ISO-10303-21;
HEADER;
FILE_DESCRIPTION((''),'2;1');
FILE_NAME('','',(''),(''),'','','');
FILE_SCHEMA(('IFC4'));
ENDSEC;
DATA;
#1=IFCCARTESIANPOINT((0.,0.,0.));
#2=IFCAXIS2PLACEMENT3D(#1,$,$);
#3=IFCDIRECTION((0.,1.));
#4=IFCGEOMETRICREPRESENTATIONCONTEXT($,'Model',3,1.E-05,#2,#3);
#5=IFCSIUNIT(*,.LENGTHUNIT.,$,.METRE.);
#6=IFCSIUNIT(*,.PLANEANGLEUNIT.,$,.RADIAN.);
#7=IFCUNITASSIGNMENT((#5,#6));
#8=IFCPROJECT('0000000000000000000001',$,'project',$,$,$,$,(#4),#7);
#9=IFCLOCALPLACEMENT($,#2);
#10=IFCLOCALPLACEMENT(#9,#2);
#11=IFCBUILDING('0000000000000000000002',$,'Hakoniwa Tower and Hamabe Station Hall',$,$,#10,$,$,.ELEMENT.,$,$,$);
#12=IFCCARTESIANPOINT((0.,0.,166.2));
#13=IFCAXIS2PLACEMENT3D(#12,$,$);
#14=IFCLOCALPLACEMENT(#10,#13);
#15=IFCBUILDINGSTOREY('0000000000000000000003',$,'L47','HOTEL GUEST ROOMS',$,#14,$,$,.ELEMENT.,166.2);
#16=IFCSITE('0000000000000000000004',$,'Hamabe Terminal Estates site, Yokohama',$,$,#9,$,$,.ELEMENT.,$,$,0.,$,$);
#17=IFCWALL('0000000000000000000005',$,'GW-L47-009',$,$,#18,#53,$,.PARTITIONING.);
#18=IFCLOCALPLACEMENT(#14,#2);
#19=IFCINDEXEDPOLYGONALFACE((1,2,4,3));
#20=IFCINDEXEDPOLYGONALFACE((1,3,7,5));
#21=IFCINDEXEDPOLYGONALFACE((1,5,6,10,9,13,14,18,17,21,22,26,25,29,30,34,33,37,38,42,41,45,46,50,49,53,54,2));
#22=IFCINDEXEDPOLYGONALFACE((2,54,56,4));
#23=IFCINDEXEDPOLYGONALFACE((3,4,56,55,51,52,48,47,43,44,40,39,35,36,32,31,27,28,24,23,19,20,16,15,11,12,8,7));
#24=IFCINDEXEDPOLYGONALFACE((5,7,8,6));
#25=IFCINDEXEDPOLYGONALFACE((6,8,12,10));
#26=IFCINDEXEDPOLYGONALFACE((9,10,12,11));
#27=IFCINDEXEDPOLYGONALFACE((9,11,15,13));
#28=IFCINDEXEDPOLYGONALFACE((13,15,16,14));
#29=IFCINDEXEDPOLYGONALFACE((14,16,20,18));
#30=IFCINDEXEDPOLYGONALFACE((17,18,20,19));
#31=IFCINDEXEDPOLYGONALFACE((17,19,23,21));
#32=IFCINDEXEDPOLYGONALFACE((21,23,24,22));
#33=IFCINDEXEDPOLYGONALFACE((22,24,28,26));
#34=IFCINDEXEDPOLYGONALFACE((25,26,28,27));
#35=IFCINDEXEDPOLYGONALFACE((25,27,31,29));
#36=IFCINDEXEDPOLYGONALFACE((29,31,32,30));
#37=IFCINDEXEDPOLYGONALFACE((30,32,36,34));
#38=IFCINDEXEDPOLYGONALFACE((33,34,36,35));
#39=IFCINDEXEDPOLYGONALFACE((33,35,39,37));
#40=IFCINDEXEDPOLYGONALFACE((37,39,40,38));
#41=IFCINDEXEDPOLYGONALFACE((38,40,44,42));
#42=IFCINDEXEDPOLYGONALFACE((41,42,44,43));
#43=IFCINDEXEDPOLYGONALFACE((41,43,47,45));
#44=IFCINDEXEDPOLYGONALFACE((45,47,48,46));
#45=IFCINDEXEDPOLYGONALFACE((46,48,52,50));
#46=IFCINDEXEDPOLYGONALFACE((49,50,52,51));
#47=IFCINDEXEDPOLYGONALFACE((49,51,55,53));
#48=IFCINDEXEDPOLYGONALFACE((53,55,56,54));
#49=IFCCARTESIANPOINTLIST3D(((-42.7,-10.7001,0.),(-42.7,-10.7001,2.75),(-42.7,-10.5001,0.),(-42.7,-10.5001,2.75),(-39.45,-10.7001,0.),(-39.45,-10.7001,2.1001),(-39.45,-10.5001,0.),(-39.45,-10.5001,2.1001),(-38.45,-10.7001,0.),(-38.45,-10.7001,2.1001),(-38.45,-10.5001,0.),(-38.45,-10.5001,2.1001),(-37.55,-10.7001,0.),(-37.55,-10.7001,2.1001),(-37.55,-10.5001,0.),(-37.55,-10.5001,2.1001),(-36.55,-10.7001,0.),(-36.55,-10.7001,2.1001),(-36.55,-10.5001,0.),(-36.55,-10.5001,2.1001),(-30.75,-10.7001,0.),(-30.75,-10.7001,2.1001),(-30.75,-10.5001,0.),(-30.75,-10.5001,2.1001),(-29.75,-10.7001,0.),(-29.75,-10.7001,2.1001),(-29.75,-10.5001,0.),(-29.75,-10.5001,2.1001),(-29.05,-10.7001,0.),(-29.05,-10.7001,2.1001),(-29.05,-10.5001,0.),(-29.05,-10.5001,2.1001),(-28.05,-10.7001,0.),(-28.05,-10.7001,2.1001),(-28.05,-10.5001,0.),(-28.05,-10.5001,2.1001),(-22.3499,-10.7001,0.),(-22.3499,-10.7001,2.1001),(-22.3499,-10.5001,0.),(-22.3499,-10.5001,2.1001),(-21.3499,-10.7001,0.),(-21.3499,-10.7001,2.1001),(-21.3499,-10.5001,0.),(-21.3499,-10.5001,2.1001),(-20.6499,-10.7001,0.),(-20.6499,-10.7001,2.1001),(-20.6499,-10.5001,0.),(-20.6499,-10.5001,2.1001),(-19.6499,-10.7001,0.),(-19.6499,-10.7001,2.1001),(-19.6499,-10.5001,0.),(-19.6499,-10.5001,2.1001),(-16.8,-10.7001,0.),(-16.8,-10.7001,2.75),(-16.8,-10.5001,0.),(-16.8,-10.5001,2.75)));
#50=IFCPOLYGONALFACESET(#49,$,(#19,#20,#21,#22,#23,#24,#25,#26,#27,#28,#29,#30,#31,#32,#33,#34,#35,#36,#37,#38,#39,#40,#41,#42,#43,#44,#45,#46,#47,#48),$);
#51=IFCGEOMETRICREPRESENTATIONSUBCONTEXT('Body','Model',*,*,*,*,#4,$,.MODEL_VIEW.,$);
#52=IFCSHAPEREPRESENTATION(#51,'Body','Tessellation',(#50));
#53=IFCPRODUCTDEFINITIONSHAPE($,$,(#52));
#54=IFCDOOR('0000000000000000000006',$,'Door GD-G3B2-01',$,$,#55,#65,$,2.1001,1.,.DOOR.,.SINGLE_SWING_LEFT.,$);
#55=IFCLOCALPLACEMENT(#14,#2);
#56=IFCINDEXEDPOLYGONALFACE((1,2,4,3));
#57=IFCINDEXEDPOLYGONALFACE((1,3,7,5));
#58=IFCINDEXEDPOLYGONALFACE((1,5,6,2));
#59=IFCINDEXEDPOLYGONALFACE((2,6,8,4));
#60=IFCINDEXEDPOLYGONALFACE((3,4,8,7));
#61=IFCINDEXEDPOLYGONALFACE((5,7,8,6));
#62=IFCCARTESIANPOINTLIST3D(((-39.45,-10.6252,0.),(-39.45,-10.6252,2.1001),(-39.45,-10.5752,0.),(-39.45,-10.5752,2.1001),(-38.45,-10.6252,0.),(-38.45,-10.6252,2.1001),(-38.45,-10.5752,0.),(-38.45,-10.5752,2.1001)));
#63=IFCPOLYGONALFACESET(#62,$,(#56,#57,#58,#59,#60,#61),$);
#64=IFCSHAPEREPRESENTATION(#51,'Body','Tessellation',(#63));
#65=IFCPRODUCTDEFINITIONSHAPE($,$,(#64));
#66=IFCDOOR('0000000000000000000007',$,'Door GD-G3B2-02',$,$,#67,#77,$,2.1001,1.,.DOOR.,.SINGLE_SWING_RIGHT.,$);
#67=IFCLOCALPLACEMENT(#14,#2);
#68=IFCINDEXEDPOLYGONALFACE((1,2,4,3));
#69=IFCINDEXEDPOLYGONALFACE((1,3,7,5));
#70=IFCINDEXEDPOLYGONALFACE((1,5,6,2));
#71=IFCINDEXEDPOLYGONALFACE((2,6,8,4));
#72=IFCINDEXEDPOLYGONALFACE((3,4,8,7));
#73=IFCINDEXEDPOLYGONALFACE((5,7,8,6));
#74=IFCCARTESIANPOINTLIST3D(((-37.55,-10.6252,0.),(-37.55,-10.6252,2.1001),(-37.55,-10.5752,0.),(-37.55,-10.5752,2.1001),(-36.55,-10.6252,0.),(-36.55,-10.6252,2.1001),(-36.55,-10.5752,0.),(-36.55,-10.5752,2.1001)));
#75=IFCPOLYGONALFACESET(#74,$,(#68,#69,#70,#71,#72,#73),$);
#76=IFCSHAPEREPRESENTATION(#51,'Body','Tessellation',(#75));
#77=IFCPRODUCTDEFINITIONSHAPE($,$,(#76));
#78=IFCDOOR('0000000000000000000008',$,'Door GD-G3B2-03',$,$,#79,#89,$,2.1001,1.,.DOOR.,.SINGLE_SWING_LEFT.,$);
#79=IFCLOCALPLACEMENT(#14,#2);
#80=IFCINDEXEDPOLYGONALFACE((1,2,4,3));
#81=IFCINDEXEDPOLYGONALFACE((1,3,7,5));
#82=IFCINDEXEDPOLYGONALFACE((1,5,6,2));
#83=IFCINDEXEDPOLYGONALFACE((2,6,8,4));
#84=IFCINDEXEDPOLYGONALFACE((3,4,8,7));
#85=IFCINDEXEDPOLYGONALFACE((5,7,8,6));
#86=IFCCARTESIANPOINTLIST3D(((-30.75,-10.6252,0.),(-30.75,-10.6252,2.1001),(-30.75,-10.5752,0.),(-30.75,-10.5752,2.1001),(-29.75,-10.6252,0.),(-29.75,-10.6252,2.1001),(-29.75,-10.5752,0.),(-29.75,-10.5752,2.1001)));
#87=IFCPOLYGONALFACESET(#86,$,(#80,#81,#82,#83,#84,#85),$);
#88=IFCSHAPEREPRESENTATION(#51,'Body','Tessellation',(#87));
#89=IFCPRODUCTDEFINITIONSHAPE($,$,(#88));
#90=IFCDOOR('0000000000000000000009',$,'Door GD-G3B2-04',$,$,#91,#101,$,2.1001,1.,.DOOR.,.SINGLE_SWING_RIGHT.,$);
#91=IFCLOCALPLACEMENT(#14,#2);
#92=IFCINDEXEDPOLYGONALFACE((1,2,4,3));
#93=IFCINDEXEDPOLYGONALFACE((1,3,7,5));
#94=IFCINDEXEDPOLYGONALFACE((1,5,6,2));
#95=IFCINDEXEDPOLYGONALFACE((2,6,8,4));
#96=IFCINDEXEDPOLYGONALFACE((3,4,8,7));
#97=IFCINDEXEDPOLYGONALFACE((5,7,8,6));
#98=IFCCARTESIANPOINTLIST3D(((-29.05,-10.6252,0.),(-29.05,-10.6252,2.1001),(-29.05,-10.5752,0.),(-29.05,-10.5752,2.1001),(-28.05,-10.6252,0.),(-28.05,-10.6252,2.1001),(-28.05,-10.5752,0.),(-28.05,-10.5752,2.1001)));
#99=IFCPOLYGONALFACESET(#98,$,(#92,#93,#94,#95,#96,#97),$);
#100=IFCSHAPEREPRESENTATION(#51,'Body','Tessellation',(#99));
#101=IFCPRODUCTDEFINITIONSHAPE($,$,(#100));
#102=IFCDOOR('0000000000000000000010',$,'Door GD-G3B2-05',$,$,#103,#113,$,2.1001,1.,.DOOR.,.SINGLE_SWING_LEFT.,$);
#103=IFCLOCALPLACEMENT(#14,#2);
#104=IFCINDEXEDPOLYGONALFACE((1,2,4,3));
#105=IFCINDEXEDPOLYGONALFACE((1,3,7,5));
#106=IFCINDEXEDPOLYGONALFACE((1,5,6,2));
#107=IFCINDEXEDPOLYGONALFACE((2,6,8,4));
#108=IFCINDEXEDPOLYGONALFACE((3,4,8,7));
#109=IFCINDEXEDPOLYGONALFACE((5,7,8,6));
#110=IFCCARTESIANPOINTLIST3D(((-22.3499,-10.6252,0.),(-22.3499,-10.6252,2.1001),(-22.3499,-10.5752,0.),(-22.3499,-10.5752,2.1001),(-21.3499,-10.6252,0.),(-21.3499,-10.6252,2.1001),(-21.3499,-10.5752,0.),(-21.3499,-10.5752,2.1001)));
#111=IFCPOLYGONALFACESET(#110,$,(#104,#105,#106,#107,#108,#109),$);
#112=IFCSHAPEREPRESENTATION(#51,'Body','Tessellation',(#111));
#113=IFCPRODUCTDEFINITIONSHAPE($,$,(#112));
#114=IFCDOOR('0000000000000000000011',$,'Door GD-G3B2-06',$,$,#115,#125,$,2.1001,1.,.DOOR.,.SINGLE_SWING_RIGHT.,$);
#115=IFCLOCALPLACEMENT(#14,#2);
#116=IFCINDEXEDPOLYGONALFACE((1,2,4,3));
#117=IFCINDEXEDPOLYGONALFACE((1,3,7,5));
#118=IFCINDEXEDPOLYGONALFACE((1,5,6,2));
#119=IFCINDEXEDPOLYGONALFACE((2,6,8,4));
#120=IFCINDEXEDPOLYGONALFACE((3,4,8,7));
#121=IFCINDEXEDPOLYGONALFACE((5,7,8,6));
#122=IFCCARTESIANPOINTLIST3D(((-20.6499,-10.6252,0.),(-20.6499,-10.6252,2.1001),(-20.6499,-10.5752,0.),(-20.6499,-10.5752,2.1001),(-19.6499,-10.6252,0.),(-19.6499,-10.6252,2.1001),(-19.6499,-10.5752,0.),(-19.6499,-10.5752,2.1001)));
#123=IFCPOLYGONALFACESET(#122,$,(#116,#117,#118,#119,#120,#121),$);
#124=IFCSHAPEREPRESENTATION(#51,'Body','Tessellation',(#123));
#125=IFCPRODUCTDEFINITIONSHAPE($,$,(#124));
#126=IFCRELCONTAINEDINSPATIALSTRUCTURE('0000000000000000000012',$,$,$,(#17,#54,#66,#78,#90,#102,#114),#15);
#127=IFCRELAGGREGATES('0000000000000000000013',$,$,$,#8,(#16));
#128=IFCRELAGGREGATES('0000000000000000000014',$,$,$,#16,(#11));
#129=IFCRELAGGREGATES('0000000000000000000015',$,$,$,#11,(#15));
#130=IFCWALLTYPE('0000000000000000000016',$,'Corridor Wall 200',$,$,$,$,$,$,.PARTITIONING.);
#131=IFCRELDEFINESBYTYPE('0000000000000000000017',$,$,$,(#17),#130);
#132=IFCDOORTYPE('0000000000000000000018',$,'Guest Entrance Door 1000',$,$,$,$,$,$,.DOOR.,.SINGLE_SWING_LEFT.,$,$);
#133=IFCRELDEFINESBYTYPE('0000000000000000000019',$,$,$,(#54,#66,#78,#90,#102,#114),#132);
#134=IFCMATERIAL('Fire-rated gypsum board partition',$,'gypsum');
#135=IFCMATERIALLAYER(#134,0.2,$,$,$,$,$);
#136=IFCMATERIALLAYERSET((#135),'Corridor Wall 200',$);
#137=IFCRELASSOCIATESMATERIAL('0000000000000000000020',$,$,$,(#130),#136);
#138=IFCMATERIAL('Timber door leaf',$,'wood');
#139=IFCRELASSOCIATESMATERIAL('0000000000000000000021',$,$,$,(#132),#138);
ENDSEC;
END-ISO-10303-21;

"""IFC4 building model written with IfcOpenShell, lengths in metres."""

from ifc_helpers import new_model, si_unit, direction, frame, frame_2d, origin, place, context, subcontext, project, spatial, rectangle, extrude, material, layer, layer_set, type_object, element, fill, save


model = new_model("IFC4")

# Units and contexts
model_context = context("Model", 3, precision=1e-05, world=origin(), true_north=direction((0.0, 1.0)))
body_context = subcontext(model_context, "Body", "Model", "MODEL_VIEW")
ifc_project = project(units=[si_unit("LENGTHUNIT", "METRE"), si_unit("PLANEANGLEUNIT", "RADIAN")], contexts=[model_context])

# Site, building, storey
site_placement = place(None, origin())
site = spatial("IfcSite", under=ifc_project, at=site_placement, Name="Hamabe Terminal Estates site, Yokohama", CompositionType="ELEMENT", RefElevation=0.0)
building_placement = place(site_placement, origin())
building = spatial("IfcBuilding", under=site, at=building_placement, Name="Hakoniwa Tower and Hamabe Station Hall", CompositionType="ELEMENT")
storey_placement = place(building_placement, frame((0.0, 0.0, 166.2)))
storey = spatial("IfcBuildingStorey", under=building, at=storey_placement, Name="L47", Description="HOTEL GUEST ROOMS", CompositionType="ELEMENT", Elevation=166.2)

# Wall, openings, doors
ifc_material_1 = material(Name="Fire-rated gypsum board partition", Category="gypsum")
ifc_layer_1 = layer(ifc_material_1, 0.2)
ifc_layer_set_1 = layer_set([ifc_layer_1], Name="Corridor Wall 200")
wall_type_1 = type_object("IfcWallType", Name="Corridor Wall 200", PredefinedType="PARTITIONING", material=ifc_layer_set_1)
wall_1_placement = place(storey_placement, frame((-42.7, -10.6001, 0.0), z_axis=(0.0, 0.0, 1.0), x_axis=(1.0, 0.0, 0.0)))
wall_1 = element("IfcWall", 1, at=wall_1_placement, inside=storey, type_object=wall_type_1, Name="GW-L47-009", PredefinedType="PARTITIONING", context=body_context, shape_type="SweptSolid", body=[
    extrude(rectangle(XDim=25.8999, YDim=0.2, at=frame_2d((12.95, 0.0))), origin(), (0.0, 0.0, 1.0), 2.75),
])
opening_1_placement = place(wall_1_placement, frame((3.25, 0.0, 0.0)))
opening_1 = element("IfcOpeningElement", 2, at=opening_1_placement, cuts=wall_1, PredefinedType="OPENING", context=body_context, shape_type="SweptSolid", body=[
    extrude(rectangle(XDim=1.0, YDim=2.1001, at=frame_2d((0.5, 1.05))), frame((0.0, 0.1099, 0.0), z_axis=(0.0, -1.0, 0.0), x_axis=(1.0, 0.0, 0.0)), (0.0, 0.0, 1.0), 0.22),
])
opening_2_placement = place(wall_1_placement, frame((5.1499, 0.0, 0.0)))
opening_2 = element("IfcOpeningElement", 3, at=opening_2_placement, cuts=wall_1, PredefinedType="OPENING", context=body_context, shape_type="SweptSolid", body=[
    extrude(rectangle(XDim=1.0, YDim=2.1001, at=frame_2d((0.5, 1.05))), frame((0.0, 0.1099, 0.0), z_axis=(0.0, -1.0, 0.0), x_axis=(1.0, 0.0, 0.0)), (0.0, 0.0, 1.0), 0.22),
])
opening_3_placement = place(wall_1_placement, frame((11.95, 0.0, 0.0)))
opening_3 = element("IfcOpeningElement", 4, at=opening_3_placement, cuts=wall_1, PredefinedType="OPENING", context=body_context, shape_type="SweptSolid", body=[
    extrude(rectangle(XDim=1.0, YDim=2.1001, at=frame_2d((0.5, 1.05))), frame((0.0, 0.1099, 0.0), z_axis=(0.0, -1.0, 0.0), x_axis=(1.0, 0.0, 0.0)), (0.0, 0.0, 1.0), 0.22),
])
opening_4_placement = place(wall_1_placement, frame((13.6499, 0.0, 0.0)))
opening_4 = element("IfcOpeningElement", 5, at=opening_4_placement, cuts=wall_1, PredefinedType="OPENING", context=body_context, shape_type="SweptSolid", body=[
    extrude(rectangle(XDim=1.0, YDim=2.1001, at=frame_2d((0.5, 1.05))), frame((0.0, 0.1099, 0.0), z_axis=(0.0, -1.0, 0.0), x_axis=(1.0, 0.0, 0.0)), (0.0, 0.0, 1.0), 0.22),
])
opening_5_placement = place(wall_1_placement, frame((20.3501, 0.0, 0.0)))
opening_5 = element("IfcOpeningElement", 6, at=opening_5_placement, cuts=wall_1, PredefinedType="OPENING", context=body_context, shape_type="SweptSolid", body=[
    extrude(rectangle(XDim=1.0, YDim=2.1001, at=frame_2d((0.5, 1.05))), frame((0.0, 0.1099, 0.0), z_axis=(0.0, -1.0, 0.0), x_axis=(1.0, 0.0, 0.0)), (0.0, 0.0, 1.0), 0.22),
])
opening_6_placement = place(wall_1_placement, frame((22.05, 0.0, 0.0)))
opening_6 = element("IfcOpeningElement", 7, at=opening_6_placement, cuts=wall_1, PredefinedType="OPENING", context=body_context, shape_type="SweptSolid", body=[
    extrude(rectangle(XDim=1.0, YDim=2.1001, at=frame_2d((0.5, 1.05))), frame((0.0, 0.1099, 0.0), z_axis=(0.0, -1.0, 0.0), x_axis=(1.0, 0.0, 0.0)), (0.0, 0.0, 1.0), 0.22),
])
ifc_material_2 = material(Name="Timber door leaf", Category="wood")
door_type_1 = type_object("IfcDoorType", Name="Guest Entrance Door 1000", OperationType="SINGLE_SWING_LEFT", PredefinedType="DOOR", material=ifc_material_2)
door_1_placement = place(opening_1_placement, origin())
door_1 = element("IfcDoor", 8, at=door_1_placement, inside=storey, type_object=door_type_1, Name="Door GD-G3B2-01", OperationType="SINGLE_SWING_LEFT", OverallHeight=2.1001, OverallWidth=1.0, PredefinedType="DOOR", context=body_context, shape_type="SweptSolid", body=[
    extrude(rectangle(XDim=1.0, YDim=2.1001, at=frame_2d((0.5, 1.05))), frame((0.0, 0.0249, 0.0), z_axis=(0.0, -1.0, 0.0), x_axis=(1.0, 0.0, 0.0)), (0.0, 0.0, 1.0), 0.05),
])
fill(opening_1, door_1)
door_2_placement = place(opening_2_placement, origin())
door_2 = element("IfcDoor", 9, at=door_2_placement, inside=storey, type_object=door_type_1, Name="Door GD-G3B2-02", OperationType="SINGLE_SWING_RIGHT", OverallHeight=2.1001, OverallWidth=1.0, PredefinedType="DOOR", context=body_context, shape_type="SweptSolid", body=[
    extrude(rectangle(XDim=1.0, YDim=2.1001, at=frame_2d((0.5, 1.05))), frame((0.0, 0.0249, 0.0), z_axis=(0.0, -1.0, 0.0), x_axis=(1.0, 0.0, 0.0)), (0.0, 0.0, 1.0), 0.05),
])
fill(opening_2, door_2)
door_3_placement = place(opening_3_placement, origin())
door_3 = element("IfcDoor", 10, at=door_3_placement, inside=storey, type_object=door_type_1, Name="Door GD-G3B2-03", OperationType="SINGLE_SWING_LEFT", OverallHeight=2.1001, OverallWidth=1.0, PredefinedType="DOOR", context=body_context, shape_type="SweptSolid", body=[
    extrude(rectangle(XDim=1.0, YDim=2.1001, at=frame_2d((0.5, 1.05))), frame((0.0, 0.0249, 0.0), z_axis=(0.0, -1.0, 0.0), x_axis=(1.0, 0.0, 0.0)), (0.0, 0.0, 1.0), 0.05),
])
fill(opening_3, door_3)
door_4_placement = place(opening_4_placement, origin())
door_4 = element("IfcDoor", 11, at=door_4_placement, inside=storey, type_object=door_type_1, Name="Door GD-G3B2-04", OperationType="SINGLE_SWING_RIGHT", OverallHeight=2.1001, OverallWidth=1.0, PredefinedType="DOOR", context=body_context, shape_type="SweptSolid", body=[
    extrude(rectangle(XDim=1.0, YDim=2.1001, at=frame_2d((0.5, 1.05))), frame((0.0, 0.0249, 0.0), z_axis=(0.0, -1.0, 0.0), x_axis=(1.0, 0.0, 0.0)), (0.0, 0.0, 1.0), 0.05),
])
fill(opening_4, door_4)
door_5_placement = place(opening_5_placement, origin())
door_5 = element("IfcDoor", 12, at=door_5_placement, inside=storey, type_object=door_type_1, Name="Door GD-G3B2-05", OperationType="SINGLE_SWING_LEFT", OverallHeight=2.1001, OverallWidth=1.0, PredefinedType="DOOR", context=body_context, shape_type="SweptSolid", body=[
    extrude(rectangle(XDim=1.0, YDim=2.1001, at=frame_2d((0.5, 1.05))), frame((0.0, 0.0249, 0.0), z_axis=(0.0, -1.0, 0.0), x_axis=(1.0, 0.0, 0.0)), (0.0, 0.0, 1.0), 0.05),
])
fill(opening_5, door_5)
door_6_placement = place(opening_6_placement, origin())
door_6 = element("IfcDoor", 13, at=door_6_placement, inside=storey, type_object=door_type_1, Name="Door GD-G3B2-06", OperationType="SINGLE_SWING_RIGHT", OverallHeight=2.1001, OverallWidth=1.0, PredefinedType="DOOR", context=body_context, shape_type="SweptSolid", body=[
    extrude(rectangle(XDim=1.0, YDim=2.1001, at=frame_2d((0.5, 1.05))), frame((0.0, 0.0249, 0.0), z_axis=(0.0, -1.0, 0.0), x_axis=(1.0, 0.0, 0.0)), (0.0, 0.0, 1.0), 0.05),
])
fill(opening_6, door_6)

save(model, "model.ifc")
